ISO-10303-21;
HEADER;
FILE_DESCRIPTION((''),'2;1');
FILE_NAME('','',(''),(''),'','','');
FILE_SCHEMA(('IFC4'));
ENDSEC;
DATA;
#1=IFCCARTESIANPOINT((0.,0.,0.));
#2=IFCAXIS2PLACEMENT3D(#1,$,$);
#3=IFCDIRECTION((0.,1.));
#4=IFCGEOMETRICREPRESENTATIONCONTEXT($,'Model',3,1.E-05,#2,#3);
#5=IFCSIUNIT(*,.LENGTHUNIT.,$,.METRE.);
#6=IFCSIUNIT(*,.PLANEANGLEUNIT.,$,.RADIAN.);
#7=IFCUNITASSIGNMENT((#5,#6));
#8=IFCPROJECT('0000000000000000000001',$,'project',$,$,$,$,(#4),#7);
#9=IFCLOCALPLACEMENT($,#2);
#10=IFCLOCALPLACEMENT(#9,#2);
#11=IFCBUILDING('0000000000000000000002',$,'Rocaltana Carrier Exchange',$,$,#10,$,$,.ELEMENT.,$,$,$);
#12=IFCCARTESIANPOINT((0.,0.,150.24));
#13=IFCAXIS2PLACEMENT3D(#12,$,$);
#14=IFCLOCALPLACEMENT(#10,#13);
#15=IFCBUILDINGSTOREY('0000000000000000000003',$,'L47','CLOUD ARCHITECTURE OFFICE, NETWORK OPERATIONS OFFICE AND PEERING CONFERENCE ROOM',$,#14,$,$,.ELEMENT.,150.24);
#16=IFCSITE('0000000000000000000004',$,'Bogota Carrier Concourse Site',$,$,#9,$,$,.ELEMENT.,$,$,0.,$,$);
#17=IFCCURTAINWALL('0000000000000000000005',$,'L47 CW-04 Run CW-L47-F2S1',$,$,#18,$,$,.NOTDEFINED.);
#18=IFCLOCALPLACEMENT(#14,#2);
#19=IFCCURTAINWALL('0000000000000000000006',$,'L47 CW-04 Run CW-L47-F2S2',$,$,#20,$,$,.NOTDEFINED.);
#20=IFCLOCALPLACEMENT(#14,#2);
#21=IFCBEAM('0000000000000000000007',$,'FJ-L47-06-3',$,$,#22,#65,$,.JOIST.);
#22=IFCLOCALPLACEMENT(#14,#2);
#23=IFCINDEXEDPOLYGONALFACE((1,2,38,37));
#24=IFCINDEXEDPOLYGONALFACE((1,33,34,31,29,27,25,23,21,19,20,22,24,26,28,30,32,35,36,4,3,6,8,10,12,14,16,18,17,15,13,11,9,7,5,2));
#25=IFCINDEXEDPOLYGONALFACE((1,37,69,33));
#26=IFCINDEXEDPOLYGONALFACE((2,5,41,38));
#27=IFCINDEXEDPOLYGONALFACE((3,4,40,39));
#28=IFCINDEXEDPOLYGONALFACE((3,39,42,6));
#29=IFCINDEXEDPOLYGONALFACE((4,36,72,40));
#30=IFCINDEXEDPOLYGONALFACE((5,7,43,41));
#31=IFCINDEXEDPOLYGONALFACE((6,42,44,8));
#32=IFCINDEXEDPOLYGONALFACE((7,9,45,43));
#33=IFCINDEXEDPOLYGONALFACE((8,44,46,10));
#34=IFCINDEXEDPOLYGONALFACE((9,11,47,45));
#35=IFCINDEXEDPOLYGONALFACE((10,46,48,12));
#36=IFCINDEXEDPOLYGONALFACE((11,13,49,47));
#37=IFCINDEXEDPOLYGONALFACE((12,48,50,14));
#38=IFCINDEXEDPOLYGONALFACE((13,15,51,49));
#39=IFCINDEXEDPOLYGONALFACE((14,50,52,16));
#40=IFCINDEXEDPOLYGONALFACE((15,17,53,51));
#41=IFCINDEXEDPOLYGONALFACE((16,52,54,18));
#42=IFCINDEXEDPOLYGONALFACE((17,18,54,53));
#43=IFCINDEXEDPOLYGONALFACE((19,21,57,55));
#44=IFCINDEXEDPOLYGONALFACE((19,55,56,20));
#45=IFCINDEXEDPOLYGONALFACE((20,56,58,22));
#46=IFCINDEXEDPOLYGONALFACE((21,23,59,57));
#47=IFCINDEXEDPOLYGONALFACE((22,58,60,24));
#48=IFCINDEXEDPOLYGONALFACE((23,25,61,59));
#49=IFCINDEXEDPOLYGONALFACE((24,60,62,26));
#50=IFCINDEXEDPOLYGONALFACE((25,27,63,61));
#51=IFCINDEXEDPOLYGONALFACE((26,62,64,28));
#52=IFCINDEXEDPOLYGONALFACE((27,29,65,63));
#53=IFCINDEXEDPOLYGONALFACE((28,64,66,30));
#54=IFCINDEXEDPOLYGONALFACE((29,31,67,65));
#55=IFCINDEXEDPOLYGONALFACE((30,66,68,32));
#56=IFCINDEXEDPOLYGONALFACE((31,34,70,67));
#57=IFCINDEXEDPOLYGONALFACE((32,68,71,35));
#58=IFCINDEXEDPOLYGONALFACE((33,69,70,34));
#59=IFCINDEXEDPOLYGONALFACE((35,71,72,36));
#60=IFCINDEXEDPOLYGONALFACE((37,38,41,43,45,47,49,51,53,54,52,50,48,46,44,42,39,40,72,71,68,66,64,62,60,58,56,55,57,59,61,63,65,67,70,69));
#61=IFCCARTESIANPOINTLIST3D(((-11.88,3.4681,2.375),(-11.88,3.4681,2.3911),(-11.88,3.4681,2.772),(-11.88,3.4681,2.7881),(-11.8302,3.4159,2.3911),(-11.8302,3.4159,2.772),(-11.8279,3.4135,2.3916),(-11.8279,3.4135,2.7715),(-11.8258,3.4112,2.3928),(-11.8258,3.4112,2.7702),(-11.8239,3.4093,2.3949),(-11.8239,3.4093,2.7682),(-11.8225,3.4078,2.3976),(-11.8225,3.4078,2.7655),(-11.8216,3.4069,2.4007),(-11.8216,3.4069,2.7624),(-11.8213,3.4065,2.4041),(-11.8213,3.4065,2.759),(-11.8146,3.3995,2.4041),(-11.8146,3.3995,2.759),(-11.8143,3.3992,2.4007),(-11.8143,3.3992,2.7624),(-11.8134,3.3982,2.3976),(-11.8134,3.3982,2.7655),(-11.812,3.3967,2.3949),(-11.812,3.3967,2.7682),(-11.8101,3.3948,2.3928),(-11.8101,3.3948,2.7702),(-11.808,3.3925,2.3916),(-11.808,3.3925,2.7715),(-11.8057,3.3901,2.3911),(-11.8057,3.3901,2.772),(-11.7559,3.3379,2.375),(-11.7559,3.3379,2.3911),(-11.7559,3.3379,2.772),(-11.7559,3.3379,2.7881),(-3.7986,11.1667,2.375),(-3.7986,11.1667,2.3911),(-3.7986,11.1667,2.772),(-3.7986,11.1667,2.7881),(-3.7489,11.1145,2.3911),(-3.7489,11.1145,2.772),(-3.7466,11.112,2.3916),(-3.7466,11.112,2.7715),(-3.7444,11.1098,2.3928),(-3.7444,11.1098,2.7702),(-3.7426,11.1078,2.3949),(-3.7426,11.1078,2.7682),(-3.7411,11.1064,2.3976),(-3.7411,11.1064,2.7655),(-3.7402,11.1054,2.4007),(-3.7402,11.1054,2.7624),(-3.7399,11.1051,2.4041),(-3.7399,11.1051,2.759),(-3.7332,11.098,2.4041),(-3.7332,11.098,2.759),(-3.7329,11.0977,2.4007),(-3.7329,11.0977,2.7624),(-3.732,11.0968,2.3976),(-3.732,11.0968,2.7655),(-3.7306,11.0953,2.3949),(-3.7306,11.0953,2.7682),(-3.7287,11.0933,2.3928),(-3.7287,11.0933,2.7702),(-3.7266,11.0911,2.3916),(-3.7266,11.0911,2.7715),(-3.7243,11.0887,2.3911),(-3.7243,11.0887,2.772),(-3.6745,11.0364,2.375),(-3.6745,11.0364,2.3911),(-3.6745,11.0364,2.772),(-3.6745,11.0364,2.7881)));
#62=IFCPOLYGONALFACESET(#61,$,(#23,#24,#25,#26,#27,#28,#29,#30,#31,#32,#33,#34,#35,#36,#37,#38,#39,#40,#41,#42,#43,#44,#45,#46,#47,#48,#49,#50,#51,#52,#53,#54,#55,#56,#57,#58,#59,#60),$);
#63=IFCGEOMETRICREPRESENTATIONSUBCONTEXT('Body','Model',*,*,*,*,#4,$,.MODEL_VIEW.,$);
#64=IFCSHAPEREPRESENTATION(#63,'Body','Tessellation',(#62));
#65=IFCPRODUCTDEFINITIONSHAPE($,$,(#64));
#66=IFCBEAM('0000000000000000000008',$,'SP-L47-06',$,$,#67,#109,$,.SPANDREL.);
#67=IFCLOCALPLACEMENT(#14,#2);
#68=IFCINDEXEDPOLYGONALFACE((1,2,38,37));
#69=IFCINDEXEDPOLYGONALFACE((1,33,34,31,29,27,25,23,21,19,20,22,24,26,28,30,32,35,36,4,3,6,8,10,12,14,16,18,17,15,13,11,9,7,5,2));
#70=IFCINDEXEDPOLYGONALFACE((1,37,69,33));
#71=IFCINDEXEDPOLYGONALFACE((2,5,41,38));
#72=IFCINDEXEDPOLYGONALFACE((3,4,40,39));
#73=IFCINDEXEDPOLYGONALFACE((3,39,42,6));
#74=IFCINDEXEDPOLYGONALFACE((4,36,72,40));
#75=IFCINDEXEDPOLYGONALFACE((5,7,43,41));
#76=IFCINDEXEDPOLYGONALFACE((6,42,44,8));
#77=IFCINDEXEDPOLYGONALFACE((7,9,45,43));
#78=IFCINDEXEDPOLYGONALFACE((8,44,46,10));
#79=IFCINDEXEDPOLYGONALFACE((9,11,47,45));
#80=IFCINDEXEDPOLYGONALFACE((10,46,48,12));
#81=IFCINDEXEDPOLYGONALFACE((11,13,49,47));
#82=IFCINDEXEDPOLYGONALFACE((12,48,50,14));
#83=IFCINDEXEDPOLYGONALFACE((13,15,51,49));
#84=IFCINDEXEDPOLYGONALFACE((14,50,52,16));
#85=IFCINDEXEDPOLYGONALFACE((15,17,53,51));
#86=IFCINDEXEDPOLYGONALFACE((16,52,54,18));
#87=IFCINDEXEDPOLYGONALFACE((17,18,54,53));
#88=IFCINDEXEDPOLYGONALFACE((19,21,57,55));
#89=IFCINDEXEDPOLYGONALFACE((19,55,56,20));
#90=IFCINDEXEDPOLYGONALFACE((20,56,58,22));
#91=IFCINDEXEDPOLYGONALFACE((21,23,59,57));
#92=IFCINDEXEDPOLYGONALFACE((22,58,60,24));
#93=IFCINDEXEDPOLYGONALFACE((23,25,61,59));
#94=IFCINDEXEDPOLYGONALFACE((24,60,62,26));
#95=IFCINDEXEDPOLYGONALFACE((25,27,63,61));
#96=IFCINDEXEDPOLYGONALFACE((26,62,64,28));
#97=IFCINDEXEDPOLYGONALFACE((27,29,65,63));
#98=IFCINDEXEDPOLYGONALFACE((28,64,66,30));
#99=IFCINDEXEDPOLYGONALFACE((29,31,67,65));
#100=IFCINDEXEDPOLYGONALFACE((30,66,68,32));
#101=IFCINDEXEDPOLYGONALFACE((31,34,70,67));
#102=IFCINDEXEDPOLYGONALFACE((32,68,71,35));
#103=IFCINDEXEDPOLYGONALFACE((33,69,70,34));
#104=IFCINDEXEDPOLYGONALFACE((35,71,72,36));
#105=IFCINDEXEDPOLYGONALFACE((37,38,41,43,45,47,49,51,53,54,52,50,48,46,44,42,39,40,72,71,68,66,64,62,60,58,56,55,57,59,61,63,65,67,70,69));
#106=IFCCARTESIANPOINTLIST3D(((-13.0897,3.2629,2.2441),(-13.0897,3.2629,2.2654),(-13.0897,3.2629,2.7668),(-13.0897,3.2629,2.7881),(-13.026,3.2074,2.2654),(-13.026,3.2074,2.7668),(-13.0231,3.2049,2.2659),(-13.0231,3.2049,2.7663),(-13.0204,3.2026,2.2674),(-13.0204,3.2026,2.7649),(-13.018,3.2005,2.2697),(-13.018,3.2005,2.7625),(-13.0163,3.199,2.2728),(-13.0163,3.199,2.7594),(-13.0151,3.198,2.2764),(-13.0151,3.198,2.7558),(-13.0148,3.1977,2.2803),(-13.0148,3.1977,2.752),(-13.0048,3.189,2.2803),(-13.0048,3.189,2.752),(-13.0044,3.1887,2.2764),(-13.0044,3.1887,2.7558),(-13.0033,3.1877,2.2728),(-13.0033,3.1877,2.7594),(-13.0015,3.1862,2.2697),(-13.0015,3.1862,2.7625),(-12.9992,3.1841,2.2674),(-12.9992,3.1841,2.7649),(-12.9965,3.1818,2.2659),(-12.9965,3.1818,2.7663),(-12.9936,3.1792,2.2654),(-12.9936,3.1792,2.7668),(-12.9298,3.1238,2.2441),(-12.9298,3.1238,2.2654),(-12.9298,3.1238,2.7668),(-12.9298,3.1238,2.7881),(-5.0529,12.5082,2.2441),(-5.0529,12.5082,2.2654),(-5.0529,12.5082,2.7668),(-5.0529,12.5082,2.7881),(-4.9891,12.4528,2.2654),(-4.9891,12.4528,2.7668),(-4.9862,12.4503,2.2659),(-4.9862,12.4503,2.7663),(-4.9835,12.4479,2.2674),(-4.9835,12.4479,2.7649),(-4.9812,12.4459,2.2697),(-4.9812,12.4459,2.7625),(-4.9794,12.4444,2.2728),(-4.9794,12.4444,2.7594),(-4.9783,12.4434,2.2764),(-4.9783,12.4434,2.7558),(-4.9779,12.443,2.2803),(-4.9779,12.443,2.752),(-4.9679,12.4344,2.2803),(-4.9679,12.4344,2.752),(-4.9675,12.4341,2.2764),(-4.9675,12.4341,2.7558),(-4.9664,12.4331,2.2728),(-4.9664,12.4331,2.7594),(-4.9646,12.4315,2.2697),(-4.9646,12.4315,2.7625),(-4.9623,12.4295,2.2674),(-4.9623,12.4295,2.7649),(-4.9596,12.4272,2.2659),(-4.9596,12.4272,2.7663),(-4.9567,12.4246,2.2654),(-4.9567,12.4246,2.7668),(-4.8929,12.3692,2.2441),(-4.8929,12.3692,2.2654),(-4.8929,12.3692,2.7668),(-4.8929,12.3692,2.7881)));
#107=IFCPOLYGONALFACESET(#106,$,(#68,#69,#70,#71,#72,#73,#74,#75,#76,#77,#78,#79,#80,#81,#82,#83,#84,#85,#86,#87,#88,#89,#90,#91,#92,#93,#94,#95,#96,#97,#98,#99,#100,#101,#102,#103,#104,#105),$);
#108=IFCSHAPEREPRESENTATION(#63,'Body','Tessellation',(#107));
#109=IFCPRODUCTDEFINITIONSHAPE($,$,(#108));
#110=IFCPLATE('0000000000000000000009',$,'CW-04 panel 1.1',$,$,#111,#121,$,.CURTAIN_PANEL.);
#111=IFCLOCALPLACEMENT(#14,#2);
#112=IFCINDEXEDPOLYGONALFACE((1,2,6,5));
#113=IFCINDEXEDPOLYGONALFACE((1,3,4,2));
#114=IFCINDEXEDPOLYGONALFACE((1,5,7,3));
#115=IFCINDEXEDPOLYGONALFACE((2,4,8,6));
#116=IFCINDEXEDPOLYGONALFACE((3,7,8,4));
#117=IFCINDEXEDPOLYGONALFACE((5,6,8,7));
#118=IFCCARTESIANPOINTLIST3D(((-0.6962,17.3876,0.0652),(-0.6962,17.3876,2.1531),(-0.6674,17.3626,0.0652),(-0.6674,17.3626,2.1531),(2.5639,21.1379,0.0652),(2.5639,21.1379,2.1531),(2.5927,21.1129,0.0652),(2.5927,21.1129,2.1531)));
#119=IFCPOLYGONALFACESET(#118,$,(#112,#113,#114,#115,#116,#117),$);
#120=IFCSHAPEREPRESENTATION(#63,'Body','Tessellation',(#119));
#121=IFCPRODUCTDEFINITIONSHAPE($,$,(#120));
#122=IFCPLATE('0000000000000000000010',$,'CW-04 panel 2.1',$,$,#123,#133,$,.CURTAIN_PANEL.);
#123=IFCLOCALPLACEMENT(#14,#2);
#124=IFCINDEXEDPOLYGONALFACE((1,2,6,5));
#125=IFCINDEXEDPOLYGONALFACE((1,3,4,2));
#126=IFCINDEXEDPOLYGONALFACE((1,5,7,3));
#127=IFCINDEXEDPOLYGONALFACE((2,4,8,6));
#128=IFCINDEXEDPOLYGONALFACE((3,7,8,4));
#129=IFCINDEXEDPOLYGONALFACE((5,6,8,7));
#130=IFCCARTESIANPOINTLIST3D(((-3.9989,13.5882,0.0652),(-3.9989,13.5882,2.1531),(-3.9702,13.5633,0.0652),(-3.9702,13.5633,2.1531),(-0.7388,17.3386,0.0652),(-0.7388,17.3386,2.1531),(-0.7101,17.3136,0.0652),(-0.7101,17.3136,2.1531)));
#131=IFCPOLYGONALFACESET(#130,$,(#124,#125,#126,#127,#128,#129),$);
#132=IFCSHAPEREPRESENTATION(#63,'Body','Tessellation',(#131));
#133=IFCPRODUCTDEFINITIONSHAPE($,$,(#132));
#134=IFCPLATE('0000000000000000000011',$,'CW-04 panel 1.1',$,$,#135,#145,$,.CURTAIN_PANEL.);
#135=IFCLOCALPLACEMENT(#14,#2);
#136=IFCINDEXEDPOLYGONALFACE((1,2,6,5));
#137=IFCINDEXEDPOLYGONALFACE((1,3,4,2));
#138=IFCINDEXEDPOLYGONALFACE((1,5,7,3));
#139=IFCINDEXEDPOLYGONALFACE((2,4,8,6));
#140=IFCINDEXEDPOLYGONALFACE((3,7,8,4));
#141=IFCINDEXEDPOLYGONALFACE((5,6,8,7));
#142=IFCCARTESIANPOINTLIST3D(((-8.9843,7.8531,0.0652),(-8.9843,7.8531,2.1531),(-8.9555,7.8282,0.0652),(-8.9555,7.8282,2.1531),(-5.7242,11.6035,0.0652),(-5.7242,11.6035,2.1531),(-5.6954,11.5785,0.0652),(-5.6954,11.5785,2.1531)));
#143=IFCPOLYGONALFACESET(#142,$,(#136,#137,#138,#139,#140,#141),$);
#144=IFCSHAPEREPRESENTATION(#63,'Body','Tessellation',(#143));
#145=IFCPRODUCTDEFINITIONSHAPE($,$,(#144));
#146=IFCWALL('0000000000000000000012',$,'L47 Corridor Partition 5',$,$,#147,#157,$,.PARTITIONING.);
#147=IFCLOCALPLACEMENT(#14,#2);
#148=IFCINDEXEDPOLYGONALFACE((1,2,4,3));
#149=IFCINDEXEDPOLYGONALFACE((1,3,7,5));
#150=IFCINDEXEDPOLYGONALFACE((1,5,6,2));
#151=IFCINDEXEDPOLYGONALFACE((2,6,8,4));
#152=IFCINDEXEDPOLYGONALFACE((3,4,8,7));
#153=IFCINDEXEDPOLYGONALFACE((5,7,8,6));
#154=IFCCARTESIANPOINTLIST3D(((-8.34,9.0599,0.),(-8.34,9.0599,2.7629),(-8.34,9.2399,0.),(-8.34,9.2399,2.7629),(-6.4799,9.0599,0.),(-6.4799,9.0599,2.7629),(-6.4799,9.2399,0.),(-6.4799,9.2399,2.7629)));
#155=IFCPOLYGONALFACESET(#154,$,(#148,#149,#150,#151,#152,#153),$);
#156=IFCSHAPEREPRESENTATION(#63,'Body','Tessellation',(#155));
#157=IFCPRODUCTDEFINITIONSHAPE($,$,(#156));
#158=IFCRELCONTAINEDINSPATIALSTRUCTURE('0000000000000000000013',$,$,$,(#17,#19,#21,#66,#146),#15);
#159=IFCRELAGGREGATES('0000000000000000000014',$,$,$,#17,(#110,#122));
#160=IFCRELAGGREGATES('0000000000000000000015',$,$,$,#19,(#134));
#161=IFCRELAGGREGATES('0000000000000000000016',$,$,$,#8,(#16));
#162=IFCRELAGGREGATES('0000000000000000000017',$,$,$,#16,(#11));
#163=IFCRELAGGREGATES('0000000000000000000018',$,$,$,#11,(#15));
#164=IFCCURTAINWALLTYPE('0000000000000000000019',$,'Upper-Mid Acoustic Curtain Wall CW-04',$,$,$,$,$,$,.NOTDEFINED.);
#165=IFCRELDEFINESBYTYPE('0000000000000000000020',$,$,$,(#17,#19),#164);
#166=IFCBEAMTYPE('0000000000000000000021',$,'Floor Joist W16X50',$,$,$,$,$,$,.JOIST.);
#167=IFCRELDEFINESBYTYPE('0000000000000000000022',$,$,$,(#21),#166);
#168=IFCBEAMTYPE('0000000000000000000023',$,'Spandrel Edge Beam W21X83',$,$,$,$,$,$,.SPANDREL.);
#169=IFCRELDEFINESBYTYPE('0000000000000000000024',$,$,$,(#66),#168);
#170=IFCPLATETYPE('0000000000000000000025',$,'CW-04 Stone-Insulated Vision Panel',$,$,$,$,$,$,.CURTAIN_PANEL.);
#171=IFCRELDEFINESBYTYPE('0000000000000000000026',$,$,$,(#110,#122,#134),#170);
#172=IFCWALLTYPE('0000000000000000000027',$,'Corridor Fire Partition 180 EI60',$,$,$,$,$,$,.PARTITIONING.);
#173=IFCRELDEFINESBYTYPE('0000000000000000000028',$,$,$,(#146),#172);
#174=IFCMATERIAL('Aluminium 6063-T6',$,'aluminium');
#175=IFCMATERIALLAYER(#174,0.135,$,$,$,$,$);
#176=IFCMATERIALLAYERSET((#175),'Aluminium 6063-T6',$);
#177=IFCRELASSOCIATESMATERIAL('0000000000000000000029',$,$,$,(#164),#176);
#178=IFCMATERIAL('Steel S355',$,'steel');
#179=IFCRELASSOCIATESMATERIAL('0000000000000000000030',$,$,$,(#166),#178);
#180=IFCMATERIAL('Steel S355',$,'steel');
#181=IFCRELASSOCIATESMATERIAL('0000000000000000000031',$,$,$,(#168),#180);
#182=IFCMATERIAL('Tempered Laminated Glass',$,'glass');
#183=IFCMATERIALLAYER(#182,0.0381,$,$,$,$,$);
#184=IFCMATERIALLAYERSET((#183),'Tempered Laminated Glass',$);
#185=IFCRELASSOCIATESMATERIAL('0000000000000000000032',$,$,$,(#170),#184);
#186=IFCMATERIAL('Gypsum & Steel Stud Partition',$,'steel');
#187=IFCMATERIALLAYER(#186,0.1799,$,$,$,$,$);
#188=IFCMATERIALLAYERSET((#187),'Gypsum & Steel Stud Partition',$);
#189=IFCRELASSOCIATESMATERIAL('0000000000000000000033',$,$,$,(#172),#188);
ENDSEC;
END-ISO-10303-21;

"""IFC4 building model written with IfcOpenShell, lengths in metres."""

from ifc_helpers import new_model, si_unit, direction, frame, frame_2d, origin, origin_2d, place, context, subcontext, project, spatial, rectangle, i_section, extrude, material, layer, layer_set, material_profile, profile_set, type_object, element, aggregate, save


model = new_model("IFC4")

# Units and contexts
model_context = context("Model", 3, precision=1e-05, world=origin(), true_north=direction((0.0, 1.0)))
body_context = subcontext(model_context, "Body", "Model", "MODEL_VIEW")
ifc_project = project(units=[si_unit("LENGTHUNIT", "METRE"), si_unit("PLANEANGLEUNIT", "RADIAN")], contexts=[model_context])

# Site, building, storey
site_placement = place(None, origin())
site = spatial("IfcSite", under=ifc_project, at=site_placement, Name="Bogota Carrier Concourse Site", CompositionType="ELEMENT", RefElevation=0.0)
building_placement = place(site_placement, origin())
building = spatial("IfcBuilding", under=site, at=building_placement, Name="Rocaltana Carrier Exchange", CompositionType="ELEMENT")
storey_placement = place(building_placement, frame((0.0, 0.0, 150.24)))
storey = spatial("IfcBuildingStorey", under=building, at=storey_placement, Name="L47", Description="CLOUD ARCHITECTURE OFFICE, NETWORK OPERATIONS OFFICE AND PEERING CONFERENCE ROOM", CompositionType="ELEMENT", Elevation=150.24)

# Curtain wall
ifc_material_1 = material(Name="Aluminium 6063-T6", Category="aluminium")
ifc_layer_1 = layer(ifc_material_1, 0.135)
ifc_layer_set_1 = layer_set([ifc_layer_1], Name="Aluminium 6063-T6")
curtain_wall_type = type_object("IfcCurtainWallType", Name="Upper-Mid Acoustic Curtain Wall CW-04", PredefinedType="NOTDEFINED", material=ifc_layer_set_1)
curtain_wall_1_placement = place(storey_placement, origin())
curtain_wall_1 = element("IfcCurtainWall", 1, at=curtain_wall_1_placement, inside=storey, type_object=curtain_wall_type, Name="L47 CW-04 Run CW-L47-F2S1", PredefinedType="NOTDEFINED")

# Curtain wall
curtain_wall_2_placement = place(storey_placement, origin())
curtain_wall_2 = element("IfcCurtainWall", 2, at=curtain_wall_2_placement, inside=storey, type_object=curtain_wall_type, Name="L47 CW-04 Run CW-L47-F2S2", PredefinedType="NOTDEFINED")

# Beams
ifc_material_2 = material(Name="Steel S355", Category="steel")
ifc_material_profile_1 = material_profile(ifc_material_2, i_section(OverallWidth=0.1799, OverallDepth=0.4131, WebThickness=0.0098, FlangeThickness=0.0161, FilletRadius=0.0129, at=origin_2d()), Name="W16X50")
ifc_profile_set_1 = profile_set([ifc_material_profile_1], Name="Steel S355")
beam_type_1 = type_object("IfcBeamType", Name="Floor Joist W16X50", PredefinedType="JOIST", material=ifc_profile_set_1)
beam_1_placement = place(storey_placement, frame((-3.7366, 11.1016, 2.5815), z_axis=(-0.724048, -0.68975, 0.0), x_axis=(0.68975, -0.724048, 0.0)))
element("IfcBeam", 3, at=beam_1_placement, inside=storey, type_object=beam_type_1, Name="FJ-L47-06-3", PredefinedType="JOIST", context=body_context, shape_type="SweptSolid", body=[
    extrude(i_section(OverallWidth=0.1799, OverallDepth=0.4131, WebThickness=0.0098, FlangeThickness=0.0161, FilletRadius=0.0129, at=origin_2d()), origin(), (0.0, 0.0, 1.0), 11.1614),
])
ifc_material_3 = material(Name="Steel S355", Category="steel")
ifc_material_profile_2 = material_profile(ifc_material_3, i_section(OverallWidth=0.2119, OverallDepth=0.5439, WebThickness=0.0132, FlangeThickness=0.0212, FilletRadius=0.0149, at=origin_2d()), Name="W21X83")
ifc_profile_set_2 = profile_set([ifc_material_profile_2], Name="Steel S355")
beam_type_2 = type_object("IfcBeamType", Name="Spandrel Edge Beam W21X83", PredefinedType="SPANDREL", material=ifc_profile_set_2)
beam_2_placement = place(storey_placement, frame((-4.9729, 12.4387, 2.5161), z_axis=(-0.656059, -0.75471, 0.0), x_axis=(0.75471, -0.656059, 0.0)))
element("IfcBeam", 4, at=beam_2_placement, inside=storey, type_object=beam_type_2, Name="SP-L47-06", PredefinedType="SPANDREL", context=body_context, shape_type="SweptSolid", body=[
    extrude(i_section(OverallWidth=0.2119, OverallDepth=0.5439, WebThickness=0.0132, FlangeThickness=0.0212, FilletRadius=0.0149, at=origin_2d()), origin(), (0.0, 0.0, 1.0), 12.2502),
])

# Plates
ifc_material_4 = material(Name="Tempered Laminated Glass", Category="glass")
ifc_layer_2 = layer(ifc_material_4, 0.0381)
ifc_layer_set_2 = layer_set([ifc_layer_2], Name="Tempered Laminated Glass")
plate_type = type_object("IfcPlateType", Name="CW-04 Stone-Insulated Vision Panel", PredefinedType="CURTAIN_PANEL", material=ifc_layer_set_2)
plate_1_placement = place(storey_placement, frame((0.9482, 19.2502, 0.0652), z_axis=(0.0, 0.0, 1.0), x_axis=(-0.656057, -0.754712, 0.0)))
plate_1 = element("IfcPlate", 5, at=plate_1_placement, type_object=plate_type, Name="CW-04 panel 1.1", PredefinedType="CURTAIN_PANEL", context=body_context, shape_type="SweptSolid", body=[
    extrude(rectangle(XDim=4.9692, YDim=0.0381, at=origin_2d()), origin(), (0.0, 0.0, 1.0), 2.0879),
])
plate_2_placement = place(storey_placement, frame((-2.3545, 15.4509, 0.0652), z_axis=(0.0, 0.0, 1.0), x_axis=(-0.656057, -0.754712, 0.0)))
plate_2 = element("IfcPlate", 6, at=plate_2_placement, type_object=plate_type, Name="CW-04 panel 2.1", PredefinedType="CURTAIN_PANEL", context=body_context, shape_type="SweptSolid", body=[
    extrude(rectangle(XDim=4.9692, YDim=0.0381, at=origin_2d()), origin(), (0.0, 0.0, 1.0), 2.0879),
])
aggregate(curtain_wall_1, [plate_1, plate_2])
plate_3_placement = place(storey_placement, frame((-7.3398, 9.7158, 0.0652), z_axis=(0.0, 0.0, 1.0), x_axis=(-0.656057, -0.754712, 0.0)))
plate_3 = element("IfcPlate", 7, at=plate_3_placement, type_object=plate_type, Name="CW-04 panel 1.1", PredefinedType="CURTAIN_PANEL", context=body_context, shape_type="SweptSolid", body=[
    extrude(rectangle(XDim=4.9692, YDim=0.0381, at=origin_2d()), origin(), (0.0, 0.0, 1.0), 2.0879),
])
aggregate(curtain_wall_2, [plate_3])

# Wall
ifc_material_5 = material(Name="Gypsum & Steel Stud Partition", Category="steel")
ifc_layer_3 = layer(ifc_material_5, 0.1799)
ifc_layer_set_3 = layer_set([ifc_layer_3], Name="Gypsum & Steel Stud Partition")
wall_type = type_object("IfcWallType", Name="Corridor Fire Partition 180 EI60", PredefinedType="PARTITIONING", material=ifc_layer_set_3)
wall_1_placement = place(storey_placement, frame((-8.3401, 9.1499, 0.0), z_axis=(0.0, 0.0, 1.0), x_axis=(1.0, 0.0, 0.0)))
element("IfcWall", 8, at=wall_1_placement, inside=storey, type_object=wall_type, Name="L47 Corridor Partition 5", PredefinedType="PARTITIONING", context=body_context, shape_type="SweptSolid", body=[
    extrude(rectangle(XDim=1.8601, YDim=0.1799, at=frame_2d((0.9302, 0.0))), origin(), (0.0, 0.0, 1.0), 2.7629),
])

save(model, "model.ifc")
